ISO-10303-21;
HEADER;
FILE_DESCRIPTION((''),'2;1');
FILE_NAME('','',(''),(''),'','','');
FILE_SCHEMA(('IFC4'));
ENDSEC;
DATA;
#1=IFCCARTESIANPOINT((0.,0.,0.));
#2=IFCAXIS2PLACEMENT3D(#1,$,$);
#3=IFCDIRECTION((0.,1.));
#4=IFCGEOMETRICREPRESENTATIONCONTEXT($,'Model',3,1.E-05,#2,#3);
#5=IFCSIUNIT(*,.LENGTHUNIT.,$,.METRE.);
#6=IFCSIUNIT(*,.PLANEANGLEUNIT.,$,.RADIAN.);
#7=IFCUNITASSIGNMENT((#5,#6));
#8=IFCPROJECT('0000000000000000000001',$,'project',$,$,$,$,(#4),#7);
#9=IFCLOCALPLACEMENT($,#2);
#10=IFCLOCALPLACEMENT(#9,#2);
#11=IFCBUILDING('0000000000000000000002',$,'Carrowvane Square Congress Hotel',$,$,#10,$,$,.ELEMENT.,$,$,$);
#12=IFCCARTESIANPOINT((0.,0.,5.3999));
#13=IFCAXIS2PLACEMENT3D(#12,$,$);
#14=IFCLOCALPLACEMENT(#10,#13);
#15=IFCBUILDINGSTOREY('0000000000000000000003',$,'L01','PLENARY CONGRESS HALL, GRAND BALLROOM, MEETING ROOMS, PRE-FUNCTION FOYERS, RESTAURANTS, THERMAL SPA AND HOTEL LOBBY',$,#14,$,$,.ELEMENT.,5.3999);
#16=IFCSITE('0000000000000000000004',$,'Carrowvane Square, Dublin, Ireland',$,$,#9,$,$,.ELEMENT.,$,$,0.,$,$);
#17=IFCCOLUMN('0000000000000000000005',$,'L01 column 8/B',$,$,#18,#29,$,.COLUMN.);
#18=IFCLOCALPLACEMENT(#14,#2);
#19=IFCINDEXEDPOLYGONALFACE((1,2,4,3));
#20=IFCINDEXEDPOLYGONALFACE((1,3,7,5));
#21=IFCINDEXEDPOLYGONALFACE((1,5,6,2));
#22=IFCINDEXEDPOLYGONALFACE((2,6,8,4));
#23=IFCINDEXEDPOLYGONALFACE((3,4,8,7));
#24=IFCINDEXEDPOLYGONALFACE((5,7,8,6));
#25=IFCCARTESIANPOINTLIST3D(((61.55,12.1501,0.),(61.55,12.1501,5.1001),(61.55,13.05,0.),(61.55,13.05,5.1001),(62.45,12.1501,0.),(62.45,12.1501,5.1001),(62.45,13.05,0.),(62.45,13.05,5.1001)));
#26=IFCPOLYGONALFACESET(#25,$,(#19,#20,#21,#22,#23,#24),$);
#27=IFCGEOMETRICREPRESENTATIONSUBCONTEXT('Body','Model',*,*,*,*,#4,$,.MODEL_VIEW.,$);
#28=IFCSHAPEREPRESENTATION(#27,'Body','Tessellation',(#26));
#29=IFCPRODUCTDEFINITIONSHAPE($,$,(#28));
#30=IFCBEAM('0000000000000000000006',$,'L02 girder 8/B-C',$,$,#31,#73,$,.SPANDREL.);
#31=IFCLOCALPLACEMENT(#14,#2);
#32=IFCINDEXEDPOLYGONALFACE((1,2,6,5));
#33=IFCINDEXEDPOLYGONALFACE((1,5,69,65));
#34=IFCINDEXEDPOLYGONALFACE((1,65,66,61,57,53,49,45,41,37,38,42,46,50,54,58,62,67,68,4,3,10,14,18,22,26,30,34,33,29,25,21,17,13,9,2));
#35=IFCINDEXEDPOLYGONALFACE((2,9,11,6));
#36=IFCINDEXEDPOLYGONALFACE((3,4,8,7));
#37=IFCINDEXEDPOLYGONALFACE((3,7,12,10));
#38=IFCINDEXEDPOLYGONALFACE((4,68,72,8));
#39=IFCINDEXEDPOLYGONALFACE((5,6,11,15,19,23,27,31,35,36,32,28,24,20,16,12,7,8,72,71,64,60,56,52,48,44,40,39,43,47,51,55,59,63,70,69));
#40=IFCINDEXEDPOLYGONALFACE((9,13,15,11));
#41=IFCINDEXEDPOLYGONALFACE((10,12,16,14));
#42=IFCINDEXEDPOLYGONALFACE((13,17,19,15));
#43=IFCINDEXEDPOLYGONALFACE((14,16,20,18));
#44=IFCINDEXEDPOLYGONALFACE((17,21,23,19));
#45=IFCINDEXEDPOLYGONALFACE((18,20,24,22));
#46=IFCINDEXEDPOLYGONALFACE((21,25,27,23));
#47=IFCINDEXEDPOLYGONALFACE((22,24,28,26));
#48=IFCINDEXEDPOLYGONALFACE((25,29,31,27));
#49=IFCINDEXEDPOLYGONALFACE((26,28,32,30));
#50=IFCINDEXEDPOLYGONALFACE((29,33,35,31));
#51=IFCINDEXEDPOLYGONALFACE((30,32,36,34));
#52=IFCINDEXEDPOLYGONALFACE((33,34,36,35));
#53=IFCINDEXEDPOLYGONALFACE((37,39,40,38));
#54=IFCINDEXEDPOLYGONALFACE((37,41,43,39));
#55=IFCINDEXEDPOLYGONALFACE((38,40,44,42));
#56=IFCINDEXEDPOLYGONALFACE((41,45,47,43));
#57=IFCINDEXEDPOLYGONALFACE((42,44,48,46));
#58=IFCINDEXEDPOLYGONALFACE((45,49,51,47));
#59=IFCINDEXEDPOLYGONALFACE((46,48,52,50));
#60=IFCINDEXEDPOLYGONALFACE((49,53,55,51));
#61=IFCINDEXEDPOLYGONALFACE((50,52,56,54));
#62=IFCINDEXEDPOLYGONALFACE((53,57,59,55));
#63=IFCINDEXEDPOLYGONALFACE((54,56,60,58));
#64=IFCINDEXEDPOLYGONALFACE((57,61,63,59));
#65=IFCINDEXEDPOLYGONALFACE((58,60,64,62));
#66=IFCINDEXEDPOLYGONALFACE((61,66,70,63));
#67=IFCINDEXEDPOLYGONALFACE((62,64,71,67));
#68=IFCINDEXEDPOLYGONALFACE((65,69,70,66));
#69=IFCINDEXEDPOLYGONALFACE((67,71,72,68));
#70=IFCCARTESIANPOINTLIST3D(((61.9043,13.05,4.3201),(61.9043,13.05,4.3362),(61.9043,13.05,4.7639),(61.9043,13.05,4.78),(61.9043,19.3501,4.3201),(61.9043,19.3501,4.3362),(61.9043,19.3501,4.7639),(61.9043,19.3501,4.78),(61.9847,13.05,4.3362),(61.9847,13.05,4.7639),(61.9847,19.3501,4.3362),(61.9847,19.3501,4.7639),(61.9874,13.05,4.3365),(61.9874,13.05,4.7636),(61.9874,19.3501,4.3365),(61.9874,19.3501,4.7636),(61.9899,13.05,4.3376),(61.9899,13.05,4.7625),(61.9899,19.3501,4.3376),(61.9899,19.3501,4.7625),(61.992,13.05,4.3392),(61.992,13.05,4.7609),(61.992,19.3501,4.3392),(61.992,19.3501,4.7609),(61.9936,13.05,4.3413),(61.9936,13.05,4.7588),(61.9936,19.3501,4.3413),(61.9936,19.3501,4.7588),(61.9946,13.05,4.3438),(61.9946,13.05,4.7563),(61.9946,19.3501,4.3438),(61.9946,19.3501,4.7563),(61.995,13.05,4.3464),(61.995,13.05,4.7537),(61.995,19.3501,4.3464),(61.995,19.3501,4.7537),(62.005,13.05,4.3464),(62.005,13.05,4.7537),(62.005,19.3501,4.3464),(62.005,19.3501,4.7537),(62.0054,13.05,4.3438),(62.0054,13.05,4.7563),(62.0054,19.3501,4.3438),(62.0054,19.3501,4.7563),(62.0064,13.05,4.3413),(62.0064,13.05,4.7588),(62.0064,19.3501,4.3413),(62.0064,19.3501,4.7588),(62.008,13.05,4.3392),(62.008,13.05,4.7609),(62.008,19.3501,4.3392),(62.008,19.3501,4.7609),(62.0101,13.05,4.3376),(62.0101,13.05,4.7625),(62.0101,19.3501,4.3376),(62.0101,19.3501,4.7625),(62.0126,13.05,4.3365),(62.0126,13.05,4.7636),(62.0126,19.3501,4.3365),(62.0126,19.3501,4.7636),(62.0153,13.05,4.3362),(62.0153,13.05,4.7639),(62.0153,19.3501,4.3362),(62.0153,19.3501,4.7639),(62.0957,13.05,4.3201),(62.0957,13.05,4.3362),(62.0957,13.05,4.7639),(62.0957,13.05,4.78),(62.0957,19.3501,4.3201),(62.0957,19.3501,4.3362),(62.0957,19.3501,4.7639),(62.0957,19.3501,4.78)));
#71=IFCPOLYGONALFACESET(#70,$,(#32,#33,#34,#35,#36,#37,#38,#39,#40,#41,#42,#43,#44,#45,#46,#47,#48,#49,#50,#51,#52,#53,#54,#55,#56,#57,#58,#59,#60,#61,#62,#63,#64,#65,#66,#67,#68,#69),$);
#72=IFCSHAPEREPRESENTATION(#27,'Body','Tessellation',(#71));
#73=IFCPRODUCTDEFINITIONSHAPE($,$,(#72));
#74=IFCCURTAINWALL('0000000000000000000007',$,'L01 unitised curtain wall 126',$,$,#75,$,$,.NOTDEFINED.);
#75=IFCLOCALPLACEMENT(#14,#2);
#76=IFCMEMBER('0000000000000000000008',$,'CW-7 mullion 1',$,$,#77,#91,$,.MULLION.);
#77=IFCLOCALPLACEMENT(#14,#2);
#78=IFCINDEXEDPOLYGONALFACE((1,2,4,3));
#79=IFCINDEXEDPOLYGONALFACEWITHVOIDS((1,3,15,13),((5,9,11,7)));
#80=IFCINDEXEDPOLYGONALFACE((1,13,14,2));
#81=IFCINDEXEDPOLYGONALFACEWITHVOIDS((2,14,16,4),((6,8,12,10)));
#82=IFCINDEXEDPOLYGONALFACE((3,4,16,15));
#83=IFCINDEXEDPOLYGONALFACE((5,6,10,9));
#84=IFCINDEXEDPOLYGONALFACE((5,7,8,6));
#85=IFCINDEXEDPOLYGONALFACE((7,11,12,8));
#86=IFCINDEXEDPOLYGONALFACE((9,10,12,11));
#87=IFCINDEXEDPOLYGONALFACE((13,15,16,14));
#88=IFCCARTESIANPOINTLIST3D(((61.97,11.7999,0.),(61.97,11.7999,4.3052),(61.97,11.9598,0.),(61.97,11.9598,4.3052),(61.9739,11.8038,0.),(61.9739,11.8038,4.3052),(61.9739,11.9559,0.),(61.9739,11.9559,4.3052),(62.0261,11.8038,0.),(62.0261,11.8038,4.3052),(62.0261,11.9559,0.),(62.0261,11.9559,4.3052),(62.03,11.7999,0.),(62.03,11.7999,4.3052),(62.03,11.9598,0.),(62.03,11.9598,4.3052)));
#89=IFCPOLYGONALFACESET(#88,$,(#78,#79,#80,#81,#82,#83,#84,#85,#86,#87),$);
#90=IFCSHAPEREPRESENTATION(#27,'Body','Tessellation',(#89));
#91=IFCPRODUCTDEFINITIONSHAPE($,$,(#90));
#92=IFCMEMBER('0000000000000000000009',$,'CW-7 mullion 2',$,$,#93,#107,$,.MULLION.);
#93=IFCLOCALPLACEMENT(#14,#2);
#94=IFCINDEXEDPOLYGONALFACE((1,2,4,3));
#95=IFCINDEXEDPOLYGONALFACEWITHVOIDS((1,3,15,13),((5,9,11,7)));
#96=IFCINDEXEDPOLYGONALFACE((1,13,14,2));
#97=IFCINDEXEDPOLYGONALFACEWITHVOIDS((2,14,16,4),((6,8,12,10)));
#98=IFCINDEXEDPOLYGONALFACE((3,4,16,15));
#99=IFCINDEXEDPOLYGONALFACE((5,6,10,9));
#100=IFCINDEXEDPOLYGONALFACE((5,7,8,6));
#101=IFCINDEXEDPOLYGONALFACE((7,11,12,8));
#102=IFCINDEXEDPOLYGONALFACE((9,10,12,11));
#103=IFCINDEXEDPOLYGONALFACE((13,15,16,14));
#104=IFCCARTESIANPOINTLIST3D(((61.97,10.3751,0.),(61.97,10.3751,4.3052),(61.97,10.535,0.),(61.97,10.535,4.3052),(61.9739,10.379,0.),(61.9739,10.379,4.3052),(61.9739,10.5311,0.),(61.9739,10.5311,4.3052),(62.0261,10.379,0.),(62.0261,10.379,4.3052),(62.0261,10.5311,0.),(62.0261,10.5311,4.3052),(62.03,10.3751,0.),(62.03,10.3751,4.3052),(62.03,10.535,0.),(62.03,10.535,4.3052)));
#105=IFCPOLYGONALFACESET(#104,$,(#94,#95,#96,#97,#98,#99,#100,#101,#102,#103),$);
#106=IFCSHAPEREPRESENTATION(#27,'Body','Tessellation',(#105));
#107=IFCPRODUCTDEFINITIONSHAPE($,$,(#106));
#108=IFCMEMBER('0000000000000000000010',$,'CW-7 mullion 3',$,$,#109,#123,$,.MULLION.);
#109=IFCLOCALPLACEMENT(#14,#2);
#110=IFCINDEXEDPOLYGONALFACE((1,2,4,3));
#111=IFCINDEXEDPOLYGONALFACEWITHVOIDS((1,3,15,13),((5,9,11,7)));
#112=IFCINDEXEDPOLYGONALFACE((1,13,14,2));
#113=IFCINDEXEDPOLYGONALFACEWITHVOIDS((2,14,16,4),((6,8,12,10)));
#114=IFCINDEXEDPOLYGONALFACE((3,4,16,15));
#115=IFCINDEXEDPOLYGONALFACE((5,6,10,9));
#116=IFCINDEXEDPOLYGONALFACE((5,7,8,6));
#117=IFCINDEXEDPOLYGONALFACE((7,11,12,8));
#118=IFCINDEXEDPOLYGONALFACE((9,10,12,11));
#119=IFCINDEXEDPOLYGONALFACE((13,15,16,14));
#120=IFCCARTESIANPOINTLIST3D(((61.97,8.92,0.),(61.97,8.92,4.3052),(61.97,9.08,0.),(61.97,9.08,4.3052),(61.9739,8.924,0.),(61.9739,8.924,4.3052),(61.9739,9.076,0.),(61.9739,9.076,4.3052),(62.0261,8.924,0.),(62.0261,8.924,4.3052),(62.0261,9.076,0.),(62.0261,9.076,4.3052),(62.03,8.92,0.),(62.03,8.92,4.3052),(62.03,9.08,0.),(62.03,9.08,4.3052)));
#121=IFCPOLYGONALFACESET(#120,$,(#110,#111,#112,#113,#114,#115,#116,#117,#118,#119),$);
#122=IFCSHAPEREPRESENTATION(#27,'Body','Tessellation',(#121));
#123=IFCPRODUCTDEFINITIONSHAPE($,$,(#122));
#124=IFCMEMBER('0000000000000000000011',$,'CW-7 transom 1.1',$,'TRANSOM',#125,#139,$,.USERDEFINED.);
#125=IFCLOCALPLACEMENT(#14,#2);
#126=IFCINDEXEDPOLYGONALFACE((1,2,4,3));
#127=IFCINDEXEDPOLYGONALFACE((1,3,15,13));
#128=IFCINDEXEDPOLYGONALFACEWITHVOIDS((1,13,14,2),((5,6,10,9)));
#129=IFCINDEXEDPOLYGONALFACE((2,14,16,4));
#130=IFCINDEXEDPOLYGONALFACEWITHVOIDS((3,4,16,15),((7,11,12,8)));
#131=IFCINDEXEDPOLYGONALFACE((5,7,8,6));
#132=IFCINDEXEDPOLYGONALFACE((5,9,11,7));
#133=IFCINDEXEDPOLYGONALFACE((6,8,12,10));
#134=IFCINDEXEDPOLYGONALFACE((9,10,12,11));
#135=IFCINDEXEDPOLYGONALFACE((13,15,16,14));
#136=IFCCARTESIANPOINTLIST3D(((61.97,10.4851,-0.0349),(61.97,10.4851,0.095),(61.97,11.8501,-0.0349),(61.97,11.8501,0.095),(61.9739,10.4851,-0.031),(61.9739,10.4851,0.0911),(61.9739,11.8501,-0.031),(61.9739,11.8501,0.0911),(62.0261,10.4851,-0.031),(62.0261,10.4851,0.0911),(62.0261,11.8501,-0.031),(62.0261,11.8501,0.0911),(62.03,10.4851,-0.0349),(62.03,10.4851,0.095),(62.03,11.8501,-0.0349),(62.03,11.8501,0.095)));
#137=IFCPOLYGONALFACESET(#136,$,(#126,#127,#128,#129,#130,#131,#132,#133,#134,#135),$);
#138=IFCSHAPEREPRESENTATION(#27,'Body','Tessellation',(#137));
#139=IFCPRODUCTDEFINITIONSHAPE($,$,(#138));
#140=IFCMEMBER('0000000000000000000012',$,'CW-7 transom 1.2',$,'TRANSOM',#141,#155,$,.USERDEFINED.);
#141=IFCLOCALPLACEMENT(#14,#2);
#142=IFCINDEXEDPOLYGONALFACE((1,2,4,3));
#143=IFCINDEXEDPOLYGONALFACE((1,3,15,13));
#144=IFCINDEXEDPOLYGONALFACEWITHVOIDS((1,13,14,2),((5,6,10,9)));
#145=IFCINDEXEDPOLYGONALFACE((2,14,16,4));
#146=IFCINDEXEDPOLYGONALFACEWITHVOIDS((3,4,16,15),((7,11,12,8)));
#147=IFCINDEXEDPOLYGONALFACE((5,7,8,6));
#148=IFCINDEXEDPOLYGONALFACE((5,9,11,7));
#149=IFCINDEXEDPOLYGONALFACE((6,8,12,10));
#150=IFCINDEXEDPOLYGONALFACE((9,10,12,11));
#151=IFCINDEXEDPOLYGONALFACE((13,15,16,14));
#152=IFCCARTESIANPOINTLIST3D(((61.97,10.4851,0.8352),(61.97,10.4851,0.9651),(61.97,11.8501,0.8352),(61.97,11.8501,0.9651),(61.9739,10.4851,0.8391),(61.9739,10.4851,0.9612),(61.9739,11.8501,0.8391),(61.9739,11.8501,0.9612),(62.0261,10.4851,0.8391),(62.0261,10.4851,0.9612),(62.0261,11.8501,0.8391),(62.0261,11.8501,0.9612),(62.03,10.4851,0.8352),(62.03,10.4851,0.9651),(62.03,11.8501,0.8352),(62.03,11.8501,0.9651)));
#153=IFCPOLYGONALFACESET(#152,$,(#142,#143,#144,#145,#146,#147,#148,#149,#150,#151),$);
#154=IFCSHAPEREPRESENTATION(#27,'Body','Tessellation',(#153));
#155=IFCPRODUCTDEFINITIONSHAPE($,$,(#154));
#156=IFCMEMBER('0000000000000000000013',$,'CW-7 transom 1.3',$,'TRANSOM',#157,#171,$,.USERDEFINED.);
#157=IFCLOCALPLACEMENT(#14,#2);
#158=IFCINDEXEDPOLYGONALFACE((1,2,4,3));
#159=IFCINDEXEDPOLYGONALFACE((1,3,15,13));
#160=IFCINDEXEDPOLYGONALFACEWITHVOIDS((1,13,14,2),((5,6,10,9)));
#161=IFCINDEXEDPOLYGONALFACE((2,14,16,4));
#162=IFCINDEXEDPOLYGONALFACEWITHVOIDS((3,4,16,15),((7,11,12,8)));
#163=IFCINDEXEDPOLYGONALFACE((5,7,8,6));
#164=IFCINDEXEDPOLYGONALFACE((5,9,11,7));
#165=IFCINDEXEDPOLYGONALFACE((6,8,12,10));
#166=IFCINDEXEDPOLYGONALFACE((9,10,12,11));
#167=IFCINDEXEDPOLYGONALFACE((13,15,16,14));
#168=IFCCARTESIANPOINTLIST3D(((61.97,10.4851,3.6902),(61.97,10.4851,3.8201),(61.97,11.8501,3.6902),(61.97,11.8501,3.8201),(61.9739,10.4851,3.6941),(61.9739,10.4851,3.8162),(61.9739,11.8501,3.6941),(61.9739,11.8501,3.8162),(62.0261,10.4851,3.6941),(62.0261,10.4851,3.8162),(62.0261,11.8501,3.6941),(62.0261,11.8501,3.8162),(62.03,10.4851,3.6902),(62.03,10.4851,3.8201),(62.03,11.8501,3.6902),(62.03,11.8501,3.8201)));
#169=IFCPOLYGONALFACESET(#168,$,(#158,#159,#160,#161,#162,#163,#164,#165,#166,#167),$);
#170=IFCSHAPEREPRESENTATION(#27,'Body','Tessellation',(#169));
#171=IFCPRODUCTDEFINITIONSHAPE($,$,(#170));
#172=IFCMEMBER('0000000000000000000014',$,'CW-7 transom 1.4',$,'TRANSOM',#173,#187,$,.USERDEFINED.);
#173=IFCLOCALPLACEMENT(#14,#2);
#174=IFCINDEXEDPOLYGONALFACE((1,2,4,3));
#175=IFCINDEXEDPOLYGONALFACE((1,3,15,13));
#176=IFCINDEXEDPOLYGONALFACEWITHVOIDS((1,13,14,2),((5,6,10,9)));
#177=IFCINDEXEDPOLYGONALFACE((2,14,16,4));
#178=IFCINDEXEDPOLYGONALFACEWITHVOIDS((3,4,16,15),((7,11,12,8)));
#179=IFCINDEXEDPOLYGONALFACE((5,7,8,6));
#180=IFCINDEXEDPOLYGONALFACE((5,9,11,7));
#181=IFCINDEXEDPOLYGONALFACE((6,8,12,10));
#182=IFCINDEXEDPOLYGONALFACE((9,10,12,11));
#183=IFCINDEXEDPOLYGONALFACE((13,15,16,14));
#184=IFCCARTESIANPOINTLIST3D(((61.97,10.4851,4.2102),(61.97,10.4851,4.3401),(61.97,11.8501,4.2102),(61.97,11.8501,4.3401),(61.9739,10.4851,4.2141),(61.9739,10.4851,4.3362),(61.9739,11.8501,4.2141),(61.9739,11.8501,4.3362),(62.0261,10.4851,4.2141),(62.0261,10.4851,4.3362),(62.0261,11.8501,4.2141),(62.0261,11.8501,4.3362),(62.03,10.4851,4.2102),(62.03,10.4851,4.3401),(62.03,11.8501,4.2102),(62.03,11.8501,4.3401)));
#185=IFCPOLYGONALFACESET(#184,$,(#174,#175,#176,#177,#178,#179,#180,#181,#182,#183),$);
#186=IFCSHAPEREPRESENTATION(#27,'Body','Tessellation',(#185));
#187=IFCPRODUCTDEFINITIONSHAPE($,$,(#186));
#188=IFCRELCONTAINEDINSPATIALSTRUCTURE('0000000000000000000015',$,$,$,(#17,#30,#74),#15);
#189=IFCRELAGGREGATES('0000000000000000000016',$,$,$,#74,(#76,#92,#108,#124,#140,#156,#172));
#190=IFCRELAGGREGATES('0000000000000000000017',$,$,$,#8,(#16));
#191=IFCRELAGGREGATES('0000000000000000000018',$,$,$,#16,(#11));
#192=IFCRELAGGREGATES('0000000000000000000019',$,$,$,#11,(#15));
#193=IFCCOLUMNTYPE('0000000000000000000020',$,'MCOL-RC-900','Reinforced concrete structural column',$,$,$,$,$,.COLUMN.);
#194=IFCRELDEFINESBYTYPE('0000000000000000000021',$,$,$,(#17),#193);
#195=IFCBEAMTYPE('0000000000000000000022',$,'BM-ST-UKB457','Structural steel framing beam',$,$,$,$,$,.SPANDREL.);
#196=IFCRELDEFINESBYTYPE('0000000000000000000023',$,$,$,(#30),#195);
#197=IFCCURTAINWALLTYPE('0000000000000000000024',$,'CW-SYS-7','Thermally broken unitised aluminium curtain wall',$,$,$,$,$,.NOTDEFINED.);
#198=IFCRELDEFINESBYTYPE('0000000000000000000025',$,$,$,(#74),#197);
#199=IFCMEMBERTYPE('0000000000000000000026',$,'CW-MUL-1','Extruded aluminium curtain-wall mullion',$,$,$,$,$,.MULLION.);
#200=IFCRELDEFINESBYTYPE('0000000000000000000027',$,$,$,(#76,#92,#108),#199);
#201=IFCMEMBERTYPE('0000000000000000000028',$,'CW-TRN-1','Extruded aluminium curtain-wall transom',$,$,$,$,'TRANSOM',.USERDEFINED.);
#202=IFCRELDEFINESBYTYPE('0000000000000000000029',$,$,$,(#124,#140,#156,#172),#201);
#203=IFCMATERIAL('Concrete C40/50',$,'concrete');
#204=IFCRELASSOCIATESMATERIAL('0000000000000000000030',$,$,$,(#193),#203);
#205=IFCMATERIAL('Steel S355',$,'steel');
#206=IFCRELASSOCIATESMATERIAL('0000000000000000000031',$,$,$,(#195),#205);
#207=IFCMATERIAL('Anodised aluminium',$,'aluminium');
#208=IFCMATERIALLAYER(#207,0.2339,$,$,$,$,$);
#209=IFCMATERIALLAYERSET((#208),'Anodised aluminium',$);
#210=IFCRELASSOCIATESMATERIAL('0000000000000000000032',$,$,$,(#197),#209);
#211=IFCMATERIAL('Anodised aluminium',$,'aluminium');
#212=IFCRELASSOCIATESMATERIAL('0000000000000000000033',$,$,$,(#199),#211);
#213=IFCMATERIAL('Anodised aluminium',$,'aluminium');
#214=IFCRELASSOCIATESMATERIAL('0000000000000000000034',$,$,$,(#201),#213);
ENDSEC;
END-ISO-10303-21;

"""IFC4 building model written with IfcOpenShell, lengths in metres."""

from ifc_helpers import new_model, si_unit, direction, frame, origin, origin_2d, place, context, subcontext, project, spatial, rectangle, hollow_rectangle, i_section, extrude, material, layer, layer_set, material_profile, profile_set, type_object, element, aggregate, save


model = new_model("IFC4")

# Units and contexts
model_context = context("Model", 3, precision=1e-05, world=origin(), true_north=direction((0.0, 1.0)))
body_context = subcontext(model_context, "Body", "Model", "MODEL_VIEW")
ifc_project = project(units=[si_unit("LENGTHUNIT", "METRE"), si_unit("PLANEANGLEUNIT", "RADIAN")], contexts=[model_context])

# Site, building, storey
site_placement = place(None, origin())
site = spatial("IfcSite", under=ifc_project, at=site_placement, Name="Carrowvane Square, Dublin, Ireland", CompositionType="ELEMENT", RefElevation=0.0)
building_placement = place(site_placement, origin())
building = spatial("IfcBuilding", under=site, at=building_placement, Name="Carrowvane Square Congress Hotel", CompositionType="ELEMENT")
storey_placement = place(building_placement, frame((0.0, 0.0, 5.3999)))
storey = spatial("IfcBuildingStorey", under=building, at=storey_placement, Name="L01", Description="PLENARY CONGRESS HALL, GRAND BALLROOM, MEETING ROOMS, PRE-FUNCTION FOYERS, RESTAURANTS, THERMAL SPA AND HOTEL LOBBY", CompositionType="ELEMENT", Elevation=5.3999)

# Column
ifc_material_1 = material(Name="Concrete C40/50", Category="concrete")
ifc_material_profile_1 = material_profile(ifc_material_1, rectangle(XDim=0.8999, YDim=0.8999, at=origin_2d()), Name="RC 900x900")
ifc_profile_set_1 = profile_set([ifc_material_profile_1], Name="Concrete C40/50")
column_type = type_object("IfcColumnType", Name="MCOL-RC-900", Description="Reinforced concrete structural column", PredefinedType="COLUMN", material=ifc_profile_set_1)
column_placement = place(storey_placement, frame((62.0, 12.6001, 0.0), z_axis=(0.0, 0.0, 1.0), x_axis=(1.0, 0.0, 0.0)))
element("IfcColumn", 1, at=column_placement, inside=storey, type_object=column_type, Name="L01 column 8/B", PredefinedType="COLUMN", context=body_context, shape_type="SweptSolid", body=[
    extrude(rectangle(XDim=0.8999, YDim=0.8999, at=origin_2d()), origin(), (0.0, 0.0, 1.0), 5.1001),
])

# Beam
ifc_material_2 = material(Name="Steel S355", Category="steel")
ifc_material_profile_2 = material_profile(ifc_material_2, i_section(OverallWidth=0.1914, OverallDepth=0.46, WebThickness=0.01, FlangeThickness=0.0161, FilletRadius=0.0103, at=origin_2d()), Name="UKB 457x191x82")
ifc_profile_set_2 = profile_set([ifc_material_profile_2], Name="Steel S355")
beam_type = type_object("IfcBeamType", Name="BM-ST-UKB457", Description="Structural steel framing beam", PredefinedType="SPANDREL", material=ifc_profile_set_2)
beam_placement = place(storey_placement, frame((62.0, 13.05, 4.55), z_axis=(0.0, 1.0, 0.0), x_axis=(-1.0, 0.0, 0.0)))
element("IfcBeam", 2, at=beam_placement, inside=storey, type_object=beam_type, Name="L02 girder 8/B-C", PredefinedType="SPANDREL", context=body_context, shape_type="SweptSolid", body=[
    extrude(i_section(OverallWidth=0.1914, OverallDepth=0.46, WebThickness=0.01, FlangeThickness=0.0161, FilletRadius=0.0103, at=origin_2d()), origin(), (0.0, 0.0, 1.0), 6.3),
])

# Curtain wall, members
ifc_material_3 = material(Name="Anodised aluminium", Category="aluminium")
ifc_layer_1 = layer(ifc_material_3, 0.2339)
ifc_layer_set_1 = layer_set([ifc_layer_1], Name="Anodised aluminium")
curtain_wall_type = type_object("IfcCurtainWallType", Name="CW-SYS-7", Description="Thermally broken unitised aluminium curtain wall", PredefinedType="NOTDEFINED", material=ifc_layer_set_1)
curtain_wall_placement = place(storey_placement, origin())
curtain_wall = element("IfcCurtainWall", 3, at=curtain_wall_placement, inside=storey, type_object=curtain_wall_type, Name="L01 unitised curtain wall 126", PredefinedType="NOTDEFINED")
ifc_material_4 = material(Name="Anodised aluminium", Category="aluminium")
ifc_material_profile_3 = material_profile(ifc_material_4, hollow_rectangle(XDim=0.0601, YDim=0.1599, WallThickness=0.0039, at=origin_2d()), Name="CW-ML 60x160x4")
ifc_profile_set_3 = profile_set([ifc_material_profile_3], Name="Anodised aluminium")
member_type_1 = type_object("IfcMemberType", Name="CW-MUL-1", Description="Extruded aluminium curtain-wall mullion", PredefinedType="MULLION", material=ifc_profile_set_3)
member_1_placement = place(storey_placement, frame((62.0, 11.8799, 0.0), z_axis=(0.0, 0.0, 1.0), x_axis=(1.0, 0.0, 0.0)))
member_1 = element("IfcMember", 4, at=member_1_placement, type_object=member_type_1, Name="CW-7 mullion 1", PredefinedType="MULLION", context=body_context, shape_type="SweptSolid", body=[
    extrude(hollow_rectangle(XDim=0.0601, YDim=0.1599, WallThickness=0.0039, at=origin_2d()), origin(), (0.0, 0.0, 1.0), 4.3052),
])
member_2_placement = place(storey_placement, frame((62.0, 10.4551, 0.0), z_axis=(0.0, 0.0, 1.0), x_axis=(1.0, 0.0, 0.0)))
member_2 = element("IfcMember", 5, at=member_2_placement, type_object=member_type_1, Name="CW-7 mullion 2", PredefinedType="MULLION", context=body_context, shape_type="SweptSolid", body=[
    extrude(hollow_rectangle(XDim=0.0601, YDim=0.1599, WallThickness=0.0039, at=origin_2d()), origin(), (0.0, 0.0, 1.0), 4.3052),
])
member_3_placement = place(storey_placement, frame((62.0, 9.0, 0.0), z_axis=(0.0, 0.0, 1.0), x_axis=(1.0, 0.0, 0.0)))
member_3 = element("IfcMember", 6, at=member_3_placement, type_object=member_type_1, Name="CW-7 mullion 3", PredefinedType="MULLION", context=body_context, shape_type="SweptSolid", body=[
    extrude(hollow_rectangle(XDim=0.0601, YDim=0.1599, WallThickness=0.0039, at=origin_2d()), origin(), (0.0, 0.0, 1.0), 4.3052),
])
ifc_material_5 = material(Name="Anodised aluminium", Category="aluminium")
ifc_material_profile_4 = material_profile(ifc_material_5, hollow_rectangle(XDim=0.0601, YDim=0.1299, WallThickness=0.0039, at=origin_2d()), Name="CW-TR 60x130x4")
ifc_profile_set_4 = profile_set([ifc_material_profile_4], Name="Anodised aluminium")
member_type_2 = type_object("IfcMemberType", Name="CW-TRN-1", Description="Extruded aluminium curtain-wall transom", ElementType="TRANSOM", PredefinedType="USERDEFINED", material=ifc_profile_set_4)
member_4_placement = place(storey_placement, frame((62.0, 11.8501, 0.03), z_axis=(0.0, -1.0, 0.0), x_axis=(1.0, 0.0, 0.0)))
member_4 = element("IfcMember", 7, at=member_4_placement, type_object=member_type_2, Name="CW-7 transom 1.1", ObjectType="TRANSOM", PredefinedType="USERDEFINED", context=body_context, shape_type="SweptSolid", body=[
    extrude(hollow_rectangle(XDim=0.0601, YDim=0.1299, WallThickness=0.0039, at=origin_2d()), origin(), (0.0, 0.0, 1.0), 1.365),
])
member_5_placement = place(storey_placement, frame((62.0, 11.8501, 0.9001), z_axis=(0.0, -1.0, 0.0), x_axis=(1.0, 0.0, 0.0)))
member_5 = element("IfcMember", 8, at=member_5_placement, type_object=member_type_2, Name="CW-7 transom 1.2", ObjectType="TRANSOM", PredefinedType="USERDEFINED", context=body_context, shape_type="SweptSolid", body=[
    extrude(hollow_rectangle(XDim=0.0601, YDim=0.1299, WallThickness=0.0039, at=origin_2d()), origin(), (0.0, 0.0, 1.0), 1.365),
])
member_6_placement = place(storey_placement, frame((62.0, 11.8501, 3.7551), z_axis=(0.0, -1.0, 0.0), x_axis=(1.0, 0.0, 0.0)))
member_6 = element("IfcMember", 9, at=member_6_placement, type_object=member_type_2, Name="CW-7 transom 1.3", ObjectType="TRANSOM", PredefinedType="USERDEFINED", context=body_context, shape_type="SweptSolid", body=[
    extrude(hollow_rectangle(XDim=0.0601, YDim=0.1299, WallThickness=0.0039, at=origin_2d()), origin(), (0.0, 0.0, 1.0), 1.365),
])
member_7_placement = place(storey_placement, frame((62.0, 11.8501, 4.2751), z_axis=(0.0, -1.0, 0.0), x_axis=(1.0, 0.0, 0.0)))
member_7 = element("IfcMember", 10, at=member_7_placement, type_object=member_type_2, Name="CW-7 transom 1.4", ObjectType="TRANSOM", PredefinedType="USERDEFINED", context=body_context, shape_type="SweptSolid", body=[
    extrude(hollow_rectangle(XDim=0.0601, YDim=0.1299, WallThickness=0.0039, at=origin_2d()), origin(), (0.0, 0.0, 1.0), 1.365),
])
aggregate(curtain_wall, [member_1, member_2, member_3, member_4, member_5, member_6, member_7])

save(model, "model.ifc")
